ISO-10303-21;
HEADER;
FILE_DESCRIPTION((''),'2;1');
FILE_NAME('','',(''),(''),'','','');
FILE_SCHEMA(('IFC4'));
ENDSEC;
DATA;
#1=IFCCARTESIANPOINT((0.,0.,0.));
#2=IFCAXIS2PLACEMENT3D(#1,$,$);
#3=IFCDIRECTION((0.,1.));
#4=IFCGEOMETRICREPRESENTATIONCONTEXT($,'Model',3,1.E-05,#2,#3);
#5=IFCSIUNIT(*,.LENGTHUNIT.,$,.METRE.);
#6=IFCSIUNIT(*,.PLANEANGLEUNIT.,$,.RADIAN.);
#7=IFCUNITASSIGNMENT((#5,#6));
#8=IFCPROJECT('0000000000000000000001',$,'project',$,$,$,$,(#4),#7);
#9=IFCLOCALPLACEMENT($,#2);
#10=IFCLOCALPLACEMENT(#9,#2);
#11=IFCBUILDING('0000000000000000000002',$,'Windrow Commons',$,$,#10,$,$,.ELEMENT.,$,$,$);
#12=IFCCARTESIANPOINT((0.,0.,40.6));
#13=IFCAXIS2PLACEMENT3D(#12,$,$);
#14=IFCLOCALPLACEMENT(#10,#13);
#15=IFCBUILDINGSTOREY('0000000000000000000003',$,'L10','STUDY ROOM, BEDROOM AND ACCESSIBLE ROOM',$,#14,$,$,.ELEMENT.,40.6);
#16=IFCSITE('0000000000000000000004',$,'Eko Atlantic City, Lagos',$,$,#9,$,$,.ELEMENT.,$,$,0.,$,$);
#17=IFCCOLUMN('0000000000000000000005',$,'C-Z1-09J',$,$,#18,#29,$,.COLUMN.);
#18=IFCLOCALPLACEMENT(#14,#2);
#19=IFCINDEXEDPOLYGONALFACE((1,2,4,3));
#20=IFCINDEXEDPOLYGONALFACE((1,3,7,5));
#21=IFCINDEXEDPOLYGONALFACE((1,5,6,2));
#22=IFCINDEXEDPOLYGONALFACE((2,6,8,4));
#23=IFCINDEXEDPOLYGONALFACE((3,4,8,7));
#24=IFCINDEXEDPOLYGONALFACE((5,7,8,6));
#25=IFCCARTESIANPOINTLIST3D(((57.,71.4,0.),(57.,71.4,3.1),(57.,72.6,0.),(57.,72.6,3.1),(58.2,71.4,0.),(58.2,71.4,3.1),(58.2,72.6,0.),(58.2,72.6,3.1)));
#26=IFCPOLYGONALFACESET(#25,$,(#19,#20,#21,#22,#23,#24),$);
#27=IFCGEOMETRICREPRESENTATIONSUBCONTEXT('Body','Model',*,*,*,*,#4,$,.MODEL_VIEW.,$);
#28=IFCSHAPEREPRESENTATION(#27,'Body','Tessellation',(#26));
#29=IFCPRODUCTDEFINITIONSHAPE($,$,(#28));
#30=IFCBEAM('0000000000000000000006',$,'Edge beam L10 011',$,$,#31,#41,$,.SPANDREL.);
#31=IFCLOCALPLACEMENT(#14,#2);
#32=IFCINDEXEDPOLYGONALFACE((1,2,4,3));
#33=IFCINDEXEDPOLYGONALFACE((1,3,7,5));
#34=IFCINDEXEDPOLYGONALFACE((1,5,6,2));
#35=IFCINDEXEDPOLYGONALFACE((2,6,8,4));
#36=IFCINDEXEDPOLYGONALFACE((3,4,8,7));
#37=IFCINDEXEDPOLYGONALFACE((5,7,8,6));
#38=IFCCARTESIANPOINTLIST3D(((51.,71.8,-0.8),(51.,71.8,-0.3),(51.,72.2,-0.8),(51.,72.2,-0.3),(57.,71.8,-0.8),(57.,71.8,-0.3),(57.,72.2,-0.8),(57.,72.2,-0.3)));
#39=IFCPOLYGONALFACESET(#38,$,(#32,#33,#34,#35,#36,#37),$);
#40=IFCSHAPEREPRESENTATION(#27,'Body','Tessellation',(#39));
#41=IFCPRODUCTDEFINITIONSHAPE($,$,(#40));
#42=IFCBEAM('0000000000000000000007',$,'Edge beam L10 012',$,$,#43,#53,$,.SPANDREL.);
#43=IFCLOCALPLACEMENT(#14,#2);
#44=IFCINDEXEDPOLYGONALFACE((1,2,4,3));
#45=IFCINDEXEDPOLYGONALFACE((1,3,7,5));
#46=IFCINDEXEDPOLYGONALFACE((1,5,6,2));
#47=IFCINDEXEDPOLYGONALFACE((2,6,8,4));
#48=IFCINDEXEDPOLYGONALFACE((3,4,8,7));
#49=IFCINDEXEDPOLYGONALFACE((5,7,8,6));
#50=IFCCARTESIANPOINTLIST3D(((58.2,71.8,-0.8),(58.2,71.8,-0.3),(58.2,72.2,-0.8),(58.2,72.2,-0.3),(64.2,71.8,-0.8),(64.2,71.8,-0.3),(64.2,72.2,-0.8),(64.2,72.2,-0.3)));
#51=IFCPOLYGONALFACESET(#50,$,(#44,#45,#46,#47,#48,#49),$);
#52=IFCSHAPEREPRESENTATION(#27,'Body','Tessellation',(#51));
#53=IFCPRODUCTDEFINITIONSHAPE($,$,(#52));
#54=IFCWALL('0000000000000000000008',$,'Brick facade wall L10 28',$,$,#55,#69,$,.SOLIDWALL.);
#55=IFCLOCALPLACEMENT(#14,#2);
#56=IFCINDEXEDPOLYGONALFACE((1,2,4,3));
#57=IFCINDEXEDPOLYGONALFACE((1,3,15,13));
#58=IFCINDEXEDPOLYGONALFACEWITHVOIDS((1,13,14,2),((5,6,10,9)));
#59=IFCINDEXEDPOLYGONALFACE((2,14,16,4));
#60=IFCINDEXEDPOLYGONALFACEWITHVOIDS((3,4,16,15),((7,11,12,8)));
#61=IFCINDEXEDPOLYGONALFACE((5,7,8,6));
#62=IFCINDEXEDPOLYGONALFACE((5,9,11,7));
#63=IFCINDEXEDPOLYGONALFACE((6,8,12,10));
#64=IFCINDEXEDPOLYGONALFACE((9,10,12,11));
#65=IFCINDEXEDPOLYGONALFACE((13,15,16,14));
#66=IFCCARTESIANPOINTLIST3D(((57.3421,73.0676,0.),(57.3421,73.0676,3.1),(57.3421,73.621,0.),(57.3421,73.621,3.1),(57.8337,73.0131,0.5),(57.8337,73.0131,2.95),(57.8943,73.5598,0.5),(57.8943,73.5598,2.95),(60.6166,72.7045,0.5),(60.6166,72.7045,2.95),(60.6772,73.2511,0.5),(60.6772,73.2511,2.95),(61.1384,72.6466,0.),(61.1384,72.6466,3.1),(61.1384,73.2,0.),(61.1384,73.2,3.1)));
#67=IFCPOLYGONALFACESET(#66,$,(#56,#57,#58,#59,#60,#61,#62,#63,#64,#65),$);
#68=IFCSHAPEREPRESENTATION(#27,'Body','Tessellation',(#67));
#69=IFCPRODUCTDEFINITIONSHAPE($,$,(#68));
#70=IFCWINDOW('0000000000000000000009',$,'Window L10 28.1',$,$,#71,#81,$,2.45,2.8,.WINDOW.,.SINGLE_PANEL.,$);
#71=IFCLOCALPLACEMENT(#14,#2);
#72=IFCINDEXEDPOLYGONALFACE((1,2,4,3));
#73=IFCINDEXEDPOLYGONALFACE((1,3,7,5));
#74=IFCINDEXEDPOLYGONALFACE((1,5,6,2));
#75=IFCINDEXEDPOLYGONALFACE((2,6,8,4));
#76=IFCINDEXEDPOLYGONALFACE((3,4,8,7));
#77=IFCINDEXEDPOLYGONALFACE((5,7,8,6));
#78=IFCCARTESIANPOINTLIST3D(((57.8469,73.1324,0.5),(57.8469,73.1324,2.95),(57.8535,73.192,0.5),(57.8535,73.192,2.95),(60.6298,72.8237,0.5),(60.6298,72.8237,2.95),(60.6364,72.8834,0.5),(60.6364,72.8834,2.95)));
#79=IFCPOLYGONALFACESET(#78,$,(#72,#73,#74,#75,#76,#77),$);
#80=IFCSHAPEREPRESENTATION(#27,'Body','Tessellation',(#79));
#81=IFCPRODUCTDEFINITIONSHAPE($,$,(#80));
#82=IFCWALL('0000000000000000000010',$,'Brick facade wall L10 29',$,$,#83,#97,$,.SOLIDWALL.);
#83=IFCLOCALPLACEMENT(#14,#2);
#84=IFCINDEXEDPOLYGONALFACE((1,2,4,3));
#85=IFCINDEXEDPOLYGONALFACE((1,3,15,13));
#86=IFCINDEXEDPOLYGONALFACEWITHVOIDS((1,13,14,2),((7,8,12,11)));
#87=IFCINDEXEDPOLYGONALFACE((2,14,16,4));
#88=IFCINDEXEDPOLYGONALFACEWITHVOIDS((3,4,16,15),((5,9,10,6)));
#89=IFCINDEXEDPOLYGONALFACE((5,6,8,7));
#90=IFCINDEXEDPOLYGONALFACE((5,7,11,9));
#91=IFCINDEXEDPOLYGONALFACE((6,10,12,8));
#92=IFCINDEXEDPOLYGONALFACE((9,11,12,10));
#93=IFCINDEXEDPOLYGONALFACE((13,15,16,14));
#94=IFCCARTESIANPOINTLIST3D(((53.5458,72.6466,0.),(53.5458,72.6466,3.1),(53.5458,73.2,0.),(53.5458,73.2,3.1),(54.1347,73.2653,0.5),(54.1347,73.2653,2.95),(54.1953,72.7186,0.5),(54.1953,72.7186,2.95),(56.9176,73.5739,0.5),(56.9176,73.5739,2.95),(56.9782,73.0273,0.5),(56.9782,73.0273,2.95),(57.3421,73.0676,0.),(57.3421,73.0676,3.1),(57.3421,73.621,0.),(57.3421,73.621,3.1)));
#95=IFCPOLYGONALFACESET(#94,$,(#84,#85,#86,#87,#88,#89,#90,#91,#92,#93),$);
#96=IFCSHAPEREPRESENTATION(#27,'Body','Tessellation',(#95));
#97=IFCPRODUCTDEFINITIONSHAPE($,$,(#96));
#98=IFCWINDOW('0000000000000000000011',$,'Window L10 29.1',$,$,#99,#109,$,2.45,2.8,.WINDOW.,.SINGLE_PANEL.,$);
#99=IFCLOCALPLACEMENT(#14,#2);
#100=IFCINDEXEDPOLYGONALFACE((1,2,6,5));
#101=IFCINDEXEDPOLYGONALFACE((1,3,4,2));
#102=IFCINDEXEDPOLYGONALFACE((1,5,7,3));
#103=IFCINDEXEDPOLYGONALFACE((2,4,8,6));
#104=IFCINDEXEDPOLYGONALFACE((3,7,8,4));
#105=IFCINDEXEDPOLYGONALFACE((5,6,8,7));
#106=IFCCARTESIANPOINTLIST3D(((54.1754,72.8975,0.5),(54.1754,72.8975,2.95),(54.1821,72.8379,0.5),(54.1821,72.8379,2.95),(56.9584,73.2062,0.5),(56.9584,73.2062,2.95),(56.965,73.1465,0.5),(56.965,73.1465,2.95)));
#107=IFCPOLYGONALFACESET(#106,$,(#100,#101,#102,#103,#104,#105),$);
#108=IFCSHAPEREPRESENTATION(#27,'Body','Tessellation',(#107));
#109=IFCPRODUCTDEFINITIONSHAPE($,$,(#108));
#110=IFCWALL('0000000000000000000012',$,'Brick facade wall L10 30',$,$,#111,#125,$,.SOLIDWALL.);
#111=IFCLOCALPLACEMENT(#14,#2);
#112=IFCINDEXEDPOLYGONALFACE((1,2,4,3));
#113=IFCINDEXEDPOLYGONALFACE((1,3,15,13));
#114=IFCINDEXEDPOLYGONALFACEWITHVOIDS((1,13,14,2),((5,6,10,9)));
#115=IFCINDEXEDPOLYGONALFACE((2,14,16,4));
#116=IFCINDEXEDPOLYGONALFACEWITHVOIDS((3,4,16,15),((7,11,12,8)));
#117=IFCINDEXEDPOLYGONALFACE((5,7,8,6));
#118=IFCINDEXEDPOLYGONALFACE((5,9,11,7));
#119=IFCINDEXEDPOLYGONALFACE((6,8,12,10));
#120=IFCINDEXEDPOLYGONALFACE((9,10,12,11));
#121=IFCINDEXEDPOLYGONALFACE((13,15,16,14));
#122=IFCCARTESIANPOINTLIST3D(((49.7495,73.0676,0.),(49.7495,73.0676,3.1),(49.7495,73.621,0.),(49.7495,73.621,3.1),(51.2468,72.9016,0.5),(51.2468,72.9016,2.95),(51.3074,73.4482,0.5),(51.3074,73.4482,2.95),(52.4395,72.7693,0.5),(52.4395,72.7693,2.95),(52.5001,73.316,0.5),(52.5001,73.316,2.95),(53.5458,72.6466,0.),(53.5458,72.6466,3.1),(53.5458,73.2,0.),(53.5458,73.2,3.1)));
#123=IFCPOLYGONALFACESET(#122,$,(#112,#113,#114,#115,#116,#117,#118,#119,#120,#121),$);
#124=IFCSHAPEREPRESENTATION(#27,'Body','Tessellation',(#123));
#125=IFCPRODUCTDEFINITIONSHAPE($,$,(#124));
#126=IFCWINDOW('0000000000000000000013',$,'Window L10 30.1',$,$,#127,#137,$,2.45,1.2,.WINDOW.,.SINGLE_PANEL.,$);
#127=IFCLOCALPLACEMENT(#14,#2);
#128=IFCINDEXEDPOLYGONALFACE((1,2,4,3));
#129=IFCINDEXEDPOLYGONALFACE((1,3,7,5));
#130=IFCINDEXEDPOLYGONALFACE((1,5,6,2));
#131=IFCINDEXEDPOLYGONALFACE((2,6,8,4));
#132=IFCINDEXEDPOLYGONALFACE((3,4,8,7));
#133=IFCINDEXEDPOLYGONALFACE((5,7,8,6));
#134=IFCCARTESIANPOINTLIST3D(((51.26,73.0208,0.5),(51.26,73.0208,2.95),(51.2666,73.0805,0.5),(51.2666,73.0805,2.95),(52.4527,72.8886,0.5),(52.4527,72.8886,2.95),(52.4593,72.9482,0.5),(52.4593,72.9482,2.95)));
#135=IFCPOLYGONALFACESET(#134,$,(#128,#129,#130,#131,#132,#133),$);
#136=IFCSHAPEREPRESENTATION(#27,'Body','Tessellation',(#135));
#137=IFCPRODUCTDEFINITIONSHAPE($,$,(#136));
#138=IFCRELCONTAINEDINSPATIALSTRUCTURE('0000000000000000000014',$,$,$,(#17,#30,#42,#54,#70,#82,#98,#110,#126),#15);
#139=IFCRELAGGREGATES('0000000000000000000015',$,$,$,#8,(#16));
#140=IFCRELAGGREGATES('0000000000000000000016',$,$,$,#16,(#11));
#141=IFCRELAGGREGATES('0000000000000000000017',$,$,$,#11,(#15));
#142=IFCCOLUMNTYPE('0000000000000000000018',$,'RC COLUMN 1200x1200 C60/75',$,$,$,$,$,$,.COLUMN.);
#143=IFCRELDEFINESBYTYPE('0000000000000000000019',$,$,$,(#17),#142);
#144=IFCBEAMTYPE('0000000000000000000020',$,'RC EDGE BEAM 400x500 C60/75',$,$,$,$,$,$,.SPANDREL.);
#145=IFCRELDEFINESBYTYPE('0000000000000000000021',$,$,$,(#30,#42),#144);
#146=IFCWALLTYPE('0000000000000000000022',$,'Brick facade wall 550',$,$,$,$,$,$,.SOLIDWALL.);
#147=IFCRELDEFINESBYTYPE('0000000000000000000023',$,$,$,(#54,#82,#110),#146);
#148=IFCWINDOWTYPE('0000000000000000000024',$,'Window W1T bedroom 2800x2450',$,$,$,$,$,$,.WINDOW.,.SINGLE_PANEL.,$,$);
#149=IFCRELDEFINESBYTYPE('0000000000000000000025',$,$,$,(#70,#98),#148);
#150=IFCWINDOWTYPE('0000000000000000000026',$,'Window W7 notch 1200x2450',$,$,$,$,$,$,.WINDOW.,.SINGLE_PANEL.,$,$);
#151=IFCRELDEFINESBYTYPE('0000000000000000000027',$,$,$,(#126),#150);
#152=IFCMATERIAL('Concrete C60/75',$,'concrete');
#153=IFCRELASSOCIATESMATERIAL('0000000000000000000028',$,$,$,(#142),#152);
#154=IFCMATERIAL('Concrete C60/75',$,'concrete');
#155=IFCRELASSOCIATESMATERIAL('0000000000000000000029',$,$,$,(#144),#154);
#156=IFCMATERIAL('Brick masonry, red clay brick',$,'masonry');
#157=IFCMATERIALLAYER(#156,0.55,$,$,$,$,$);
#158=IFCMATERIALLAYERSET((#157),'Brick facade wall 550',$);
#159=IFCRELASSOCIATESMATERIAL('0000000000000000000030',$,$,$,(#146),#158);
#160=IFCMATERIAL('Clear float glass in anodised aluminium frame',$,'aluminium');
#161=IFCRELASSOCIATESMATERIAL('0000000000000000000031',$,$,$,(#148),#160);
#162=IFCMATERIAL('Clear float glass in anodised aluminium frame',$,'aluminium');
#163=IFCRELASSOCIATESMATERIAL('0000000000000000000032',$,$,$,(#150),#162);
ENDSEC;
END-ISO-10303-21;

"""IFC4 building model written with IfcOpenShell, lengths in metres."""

from ifc_helpers import new_model, si_unit, direction, frame, frame_2d, origin, origin_2d, place, context, subcontext, project, spatial, polyline, rectangle, outline, extrude, material, layer, layer_set, material_profile, profile_set, type_object, element, fill, save


model = new_model("IFC4")

# Units and contexts
model_context = context("Model", 3, precision=1e-05, world=origin(), true_north=direction((0.0, 1.0)))
body_context = subcontext(model_context, "Body", "Model", "MODEL_VIEW")
ifc_project = project(units=[si_unit("LENGTHUNIT", "METRE"), si_unit("PLANEANGLEUNIT", "RADIAN")], contexts=[model_context])

# Site, building, storey
site_placement = place(None, origin())
site = spatial("IfcSite", under=ifc_project, at=site_placement, Name="Eko Atlantic City, Lagos", CompositionType="ELEMENT", RefElevation=0.0)
building_placement = place(site_placement, origin())
building = spatial("IfcBuilding", under=site, at=building_placement, Name="Windrow Commons", CompositionType="ELEMENT")
storey_placement = place(building_placement, frame((0.0, 0.0, 40.6)))
storey = spatial("IfcBuildingStorey", under=building, at=storey_placement, Name="L10", Description="STUDY ROOM, BEDROOM AND ACCESSIBLE ROOM", CompositionType="ELEMENT", Elevation=40.6)

# Column
ifc_material_1 = material(Name="Concrete C60/75", Category="concrete")
ifc_material_profile_1 = material_profile(ifc_material_1, rectangle(XDim=1.2, YDim=1.2, at=origin_2d()))
ifc_profile_set_1 = profile_set([ifc_material_profile_1], Name="Concrete C60/75")
column_type = type_object("IfcColumnType", Name="RC COLUMN 1200x1200 C60/75", PredefinedType="COLUMN", material=ifc_profile_set_1)
column_placement = place(storey_placement, frame((57.6, 72.0, 0.0), z_axis=(0.0, 0.0, 1.0), x_axis=(1.0, 0.0, 0.0)))
element("IfcColumn", 1, at=column_placement, inside=storey, type_object=column_type, Name="C-Z1-09J", PredefinedType="COLUMN", context=body_context, shape_type="SweptSolid", body=[
    extrude(rectangle(XDim=1.2, YDim=1.2, at=origin_2d()), origin(), (0.0, 0.0, 1.0), 3.1),
])

# Beams
ifc_material_2 = material(Name="Concrete C60/75", Category="concrete")
ifc_material_profile_2 = material_profile(ifc_material_2, rectangle(XDim=0.4, YDim=0.5, at=origin_2d()))
ifc_profile_set_2 = profile_set([ifc_material_profile_2], Name="Concrete C60/75")
beam_type = type_object("IfcBeamType", Name="RC EDGE BEAM 400x500 C60/75", PredefinedType="SPANDREL", material=ifc_profile_set_2)
for number, where, z_axis, x_axis, name in (
    (2, (51.0, 72.0, -0.55), (1.0, 0.0, 0.0), (0.0, 1.0, 0.0), "Edge beam L10 011"),
    (3, (58.2, 72.0, -0.55), (1.0, 0.0, 0.0), (0.0, 1.0, 0.0), "Edge beam L10 012"),
):
    element("IfcBeam", number, at=place(storey_placement, frame(where, z_axis=z_axis, x_axis=x_axis)), inside=storey, type_object=beam_type, Name=name, PredefinedType="SPANDREL", context=body_context, shape_type="SweptSolid", body=[
        extrude(rectangle(XDim=0.4, YDim=0.5, at=origin_2d()), origin(), (0.0, 0.0, 1.0), 6.0),
    ])

# Walls, openings, windows
ifc_material_3 = material(Name="Brick masonry, red clay brick", Category="masonry")
ifc_layer_1 = layer(ifc_material_3, 0.55)
ifc_layer_set_1 = layer_set([ifc_layer_1], Name="Brick facade wall 550")
wall_type_1 = type_object("IfcWallType", Name="Brick facade wall 550", PredefinedType="SOLIDWALL", material=ifc_layer_set_1)
wall_1_placement = place(storey_placement, frame((61.1384, 72.9233, 0.0), z_axis=(0.0, 0.0, 1.0), x_axis=(-0.993907, 0.110222, 0.0)))
wall_1 = element("IfcWall", 4, at=wall_1_placement, inside=storey, type_object=wall_type_1, Name="Brick facade wall L10 28", PredefinedType="SOLIDWALL", context=body_context, shape_type="SweptSolid", body=[
    extrude(outline(polyline([(0.0305, -0.275), (3.8501, -0.275), (3.7891, 0.275), (-0.0305, 0.275), (0.0305, -0.275)])), origin(), (0.0, 0.0, 1.0), 3.1),
])
opening_1_placement = place(wall_1_placement, frame((0.4945, 0.0, 0.5)))
opening_1 = element("IfcOpeningElement", 5, at=opening_1_placement, cuts=wall_1, PredefinedType="OPENING", context=body_context, shape_type="SweptSolid", body=[
    extrude(rectangle(XDim=2.8, YDim=2.45, at=frame_2d((1.4, 1.225))), frame((0.0, 0.285, 0.0), z_axis=(0.0, -1.0, 0.0), x_axis=(1.0, 0.0, 0.0)), (0.0, 0.0, 1.0), 0.57),
])
ifc_material_4 = material(Name="Clear float glass in anodised aluminium frame", Category="aluminium")
window_type_1 = type_object("IfcWindowType", Name="Window W1T bedroom 2800x2450", PartitioningType="SINGLE_PANEL", PredefinedType="WINDOW", material=ifc_material_4)
window_1_placement = place(opening_1_placement, origin())
window_1 = element("IfcWindow", 6, at=window_1_placement, inside=storey, type_object=window_type_1, Name="Window L10 28.1", OverallHeight=2.45, OverallWidth=2.8, PartitioningType="SINGLE_PANEL", PredefinedType="WINDOW", context=body_context, shape_type="SweptSolid", body=[
    extrude(rectangle(XDim=2.8, YDim=2.45, at=frame_2d((1.4, 1.225))), frame((0.0, 0.155, 0.0), z_axis=(0.0, -1.0, 0.0), x_axis=(1.0, 0.0, 0.0)), (0.0, 0.0, 1.0), 0.06),
])
fill(opening_1, window_1)
wall_2_placement = place(storey_placement, frame((57.3421, 73.3443, 0.0), z_axis=(0.0, 0.0, 1.0), x_axis=(-0.993907, -0.110222, 0.0)))
wall_2 = element("IfcWall", 7, at=wall_2_placement, inside=storey, type_object=wall_type_1, Name="Brick facade wall L10 29", PredefinedType="SOLIDWALL", context=body_context, shape_type="SweptSolid", body=[
    extrude(outline(polyline([(-0.0305, -0.275), (3.7891, -0.275), (3.8501, 0.275), (0.0305, 0.275), (-0.0305, -0.275)])), origin(), (0.0, 0.0, 1.0), 3.1),
])
opening_2_placement = place(wall_2_placement, frame((0.3966, 0.0, 0.5)))
opening_2 = element("IfcOpeningElement", 8, at=opening_2_placement, cuts=wall_2, PredefinedType="OPENING", context=body_context, shape_type="SweptSolid", body=[
    extrude(rectangle(XDim=2.8, YDim=2.45, at=frame_2d((1.4, 1.225))), frame((0.0, 0.285, 0.0), z_axis=(0.0, -1.0, 0.0), x_axis=(1.0, 0.0, 0.0)), (0.0, 0.0, 1.0), 0.57),
])
window_2_placement = place(opening_2_placement, origin())
window_2 = element("IfcWindow", 9, at=window_2_placement, inside=storey, type_object=window_type_1, Name="Window L10 29.1", OverallHeight=2.45, OverallWidth=2.8, PartitioningType="SINGLE_PANEL", PredefinedType="WINDOW", context=body_context, shape_type="SweptSolid", body=[
    extrude(rectangle(XDim=2.8, YDim=2.45, at=frame_2d((1.4, 1.225))), frame((0.0, 0.155, 0.0), z_axis=(0.0, -1.0, 0.0), x_axis=(1.0, 0.0, 0.0)), (0.0, 0.0, 1.0), 0.06),
])
fill(opening_2, window_2)
wall_3_placement = place(storey_placement, frame((53.5458, 72.9233, 0.0), z_axis=(0.0, 0.0, 1.0), x_axis=(-0.993907, 0.110222, 0.0)))
wall_3 = element("IfcWall", 10, at=wall_3_placement, inside=storey, type_object=wall_type_1, Name="Brick facade wall L10 30", PredefinedType="SOLIDWALL", context=body_context, shape_type="SweptSolid", body=[
    extrude(outline(polyline([(0.0305, -0.275), (3.8501, -0.275), (3.7891, 0.275), (-0.0305, 0.275), (0.0305, -0.275)])), origin(), (0.0, 0.0, 1.0), 3.1),
])
opening_3_placement = place(wall_3_placement, frame((1.0826, 0.0, 0.5)))
opening_3 = element("IfcOpeningElement", 11, at=opening_3_placement, cuts=wall_3, PredefinedType="OPENING", context=body_context, shape_type="SweptSolid", body=[
    extrude(rectangle(XDim=1.2, YDim=2.45, at=frame_2d((0.6, 1.225))), frame((0.0, 0.285, 0.0), z_axis=(0.0, -1.0, 0.0), x_axis=(1.0, 0.0, 0.0)), (0.0, 0.0, 1.0), 0.57),
])
ifc_material_5 = material(Name="Clear float glass in anodised aluminium frame", Category="aluminium")
window_type_2 = type_object("IfcWindowType", Name="Window W7 notch 1200x2450", PartitioningType="SINGLE_PANEL", PredefinedType="WINDOW", material=ifc_material_5)
window_3_placement = place(opening_3_placement, origin())
window_3 = element("IfcWindow", 12, at=window_3_placement, inside=storey, type_object=window_type_2, Name="Window L10 30.1", OverallHeight=2.45, OverallWidth=1.2, PartitioningType="SINGLE_PANEL", PredefinedType="WINDOW", context=body_context, shape_type="SweptSolid", body=[
    extrude(rectangle(XDim=1.2, YDim=2.45, at=frame_2d((0.6, 1.225))), frame((0.0, 0.155, 0.0), z_axis=(0.0, -1.0, 0.0), x_axis=(1.0, 0.0, 0.0)), (0.0, 0.0, 1.0), 0.06),
])
fill(opening_3, window_3)

save(model, "model.ifc")
